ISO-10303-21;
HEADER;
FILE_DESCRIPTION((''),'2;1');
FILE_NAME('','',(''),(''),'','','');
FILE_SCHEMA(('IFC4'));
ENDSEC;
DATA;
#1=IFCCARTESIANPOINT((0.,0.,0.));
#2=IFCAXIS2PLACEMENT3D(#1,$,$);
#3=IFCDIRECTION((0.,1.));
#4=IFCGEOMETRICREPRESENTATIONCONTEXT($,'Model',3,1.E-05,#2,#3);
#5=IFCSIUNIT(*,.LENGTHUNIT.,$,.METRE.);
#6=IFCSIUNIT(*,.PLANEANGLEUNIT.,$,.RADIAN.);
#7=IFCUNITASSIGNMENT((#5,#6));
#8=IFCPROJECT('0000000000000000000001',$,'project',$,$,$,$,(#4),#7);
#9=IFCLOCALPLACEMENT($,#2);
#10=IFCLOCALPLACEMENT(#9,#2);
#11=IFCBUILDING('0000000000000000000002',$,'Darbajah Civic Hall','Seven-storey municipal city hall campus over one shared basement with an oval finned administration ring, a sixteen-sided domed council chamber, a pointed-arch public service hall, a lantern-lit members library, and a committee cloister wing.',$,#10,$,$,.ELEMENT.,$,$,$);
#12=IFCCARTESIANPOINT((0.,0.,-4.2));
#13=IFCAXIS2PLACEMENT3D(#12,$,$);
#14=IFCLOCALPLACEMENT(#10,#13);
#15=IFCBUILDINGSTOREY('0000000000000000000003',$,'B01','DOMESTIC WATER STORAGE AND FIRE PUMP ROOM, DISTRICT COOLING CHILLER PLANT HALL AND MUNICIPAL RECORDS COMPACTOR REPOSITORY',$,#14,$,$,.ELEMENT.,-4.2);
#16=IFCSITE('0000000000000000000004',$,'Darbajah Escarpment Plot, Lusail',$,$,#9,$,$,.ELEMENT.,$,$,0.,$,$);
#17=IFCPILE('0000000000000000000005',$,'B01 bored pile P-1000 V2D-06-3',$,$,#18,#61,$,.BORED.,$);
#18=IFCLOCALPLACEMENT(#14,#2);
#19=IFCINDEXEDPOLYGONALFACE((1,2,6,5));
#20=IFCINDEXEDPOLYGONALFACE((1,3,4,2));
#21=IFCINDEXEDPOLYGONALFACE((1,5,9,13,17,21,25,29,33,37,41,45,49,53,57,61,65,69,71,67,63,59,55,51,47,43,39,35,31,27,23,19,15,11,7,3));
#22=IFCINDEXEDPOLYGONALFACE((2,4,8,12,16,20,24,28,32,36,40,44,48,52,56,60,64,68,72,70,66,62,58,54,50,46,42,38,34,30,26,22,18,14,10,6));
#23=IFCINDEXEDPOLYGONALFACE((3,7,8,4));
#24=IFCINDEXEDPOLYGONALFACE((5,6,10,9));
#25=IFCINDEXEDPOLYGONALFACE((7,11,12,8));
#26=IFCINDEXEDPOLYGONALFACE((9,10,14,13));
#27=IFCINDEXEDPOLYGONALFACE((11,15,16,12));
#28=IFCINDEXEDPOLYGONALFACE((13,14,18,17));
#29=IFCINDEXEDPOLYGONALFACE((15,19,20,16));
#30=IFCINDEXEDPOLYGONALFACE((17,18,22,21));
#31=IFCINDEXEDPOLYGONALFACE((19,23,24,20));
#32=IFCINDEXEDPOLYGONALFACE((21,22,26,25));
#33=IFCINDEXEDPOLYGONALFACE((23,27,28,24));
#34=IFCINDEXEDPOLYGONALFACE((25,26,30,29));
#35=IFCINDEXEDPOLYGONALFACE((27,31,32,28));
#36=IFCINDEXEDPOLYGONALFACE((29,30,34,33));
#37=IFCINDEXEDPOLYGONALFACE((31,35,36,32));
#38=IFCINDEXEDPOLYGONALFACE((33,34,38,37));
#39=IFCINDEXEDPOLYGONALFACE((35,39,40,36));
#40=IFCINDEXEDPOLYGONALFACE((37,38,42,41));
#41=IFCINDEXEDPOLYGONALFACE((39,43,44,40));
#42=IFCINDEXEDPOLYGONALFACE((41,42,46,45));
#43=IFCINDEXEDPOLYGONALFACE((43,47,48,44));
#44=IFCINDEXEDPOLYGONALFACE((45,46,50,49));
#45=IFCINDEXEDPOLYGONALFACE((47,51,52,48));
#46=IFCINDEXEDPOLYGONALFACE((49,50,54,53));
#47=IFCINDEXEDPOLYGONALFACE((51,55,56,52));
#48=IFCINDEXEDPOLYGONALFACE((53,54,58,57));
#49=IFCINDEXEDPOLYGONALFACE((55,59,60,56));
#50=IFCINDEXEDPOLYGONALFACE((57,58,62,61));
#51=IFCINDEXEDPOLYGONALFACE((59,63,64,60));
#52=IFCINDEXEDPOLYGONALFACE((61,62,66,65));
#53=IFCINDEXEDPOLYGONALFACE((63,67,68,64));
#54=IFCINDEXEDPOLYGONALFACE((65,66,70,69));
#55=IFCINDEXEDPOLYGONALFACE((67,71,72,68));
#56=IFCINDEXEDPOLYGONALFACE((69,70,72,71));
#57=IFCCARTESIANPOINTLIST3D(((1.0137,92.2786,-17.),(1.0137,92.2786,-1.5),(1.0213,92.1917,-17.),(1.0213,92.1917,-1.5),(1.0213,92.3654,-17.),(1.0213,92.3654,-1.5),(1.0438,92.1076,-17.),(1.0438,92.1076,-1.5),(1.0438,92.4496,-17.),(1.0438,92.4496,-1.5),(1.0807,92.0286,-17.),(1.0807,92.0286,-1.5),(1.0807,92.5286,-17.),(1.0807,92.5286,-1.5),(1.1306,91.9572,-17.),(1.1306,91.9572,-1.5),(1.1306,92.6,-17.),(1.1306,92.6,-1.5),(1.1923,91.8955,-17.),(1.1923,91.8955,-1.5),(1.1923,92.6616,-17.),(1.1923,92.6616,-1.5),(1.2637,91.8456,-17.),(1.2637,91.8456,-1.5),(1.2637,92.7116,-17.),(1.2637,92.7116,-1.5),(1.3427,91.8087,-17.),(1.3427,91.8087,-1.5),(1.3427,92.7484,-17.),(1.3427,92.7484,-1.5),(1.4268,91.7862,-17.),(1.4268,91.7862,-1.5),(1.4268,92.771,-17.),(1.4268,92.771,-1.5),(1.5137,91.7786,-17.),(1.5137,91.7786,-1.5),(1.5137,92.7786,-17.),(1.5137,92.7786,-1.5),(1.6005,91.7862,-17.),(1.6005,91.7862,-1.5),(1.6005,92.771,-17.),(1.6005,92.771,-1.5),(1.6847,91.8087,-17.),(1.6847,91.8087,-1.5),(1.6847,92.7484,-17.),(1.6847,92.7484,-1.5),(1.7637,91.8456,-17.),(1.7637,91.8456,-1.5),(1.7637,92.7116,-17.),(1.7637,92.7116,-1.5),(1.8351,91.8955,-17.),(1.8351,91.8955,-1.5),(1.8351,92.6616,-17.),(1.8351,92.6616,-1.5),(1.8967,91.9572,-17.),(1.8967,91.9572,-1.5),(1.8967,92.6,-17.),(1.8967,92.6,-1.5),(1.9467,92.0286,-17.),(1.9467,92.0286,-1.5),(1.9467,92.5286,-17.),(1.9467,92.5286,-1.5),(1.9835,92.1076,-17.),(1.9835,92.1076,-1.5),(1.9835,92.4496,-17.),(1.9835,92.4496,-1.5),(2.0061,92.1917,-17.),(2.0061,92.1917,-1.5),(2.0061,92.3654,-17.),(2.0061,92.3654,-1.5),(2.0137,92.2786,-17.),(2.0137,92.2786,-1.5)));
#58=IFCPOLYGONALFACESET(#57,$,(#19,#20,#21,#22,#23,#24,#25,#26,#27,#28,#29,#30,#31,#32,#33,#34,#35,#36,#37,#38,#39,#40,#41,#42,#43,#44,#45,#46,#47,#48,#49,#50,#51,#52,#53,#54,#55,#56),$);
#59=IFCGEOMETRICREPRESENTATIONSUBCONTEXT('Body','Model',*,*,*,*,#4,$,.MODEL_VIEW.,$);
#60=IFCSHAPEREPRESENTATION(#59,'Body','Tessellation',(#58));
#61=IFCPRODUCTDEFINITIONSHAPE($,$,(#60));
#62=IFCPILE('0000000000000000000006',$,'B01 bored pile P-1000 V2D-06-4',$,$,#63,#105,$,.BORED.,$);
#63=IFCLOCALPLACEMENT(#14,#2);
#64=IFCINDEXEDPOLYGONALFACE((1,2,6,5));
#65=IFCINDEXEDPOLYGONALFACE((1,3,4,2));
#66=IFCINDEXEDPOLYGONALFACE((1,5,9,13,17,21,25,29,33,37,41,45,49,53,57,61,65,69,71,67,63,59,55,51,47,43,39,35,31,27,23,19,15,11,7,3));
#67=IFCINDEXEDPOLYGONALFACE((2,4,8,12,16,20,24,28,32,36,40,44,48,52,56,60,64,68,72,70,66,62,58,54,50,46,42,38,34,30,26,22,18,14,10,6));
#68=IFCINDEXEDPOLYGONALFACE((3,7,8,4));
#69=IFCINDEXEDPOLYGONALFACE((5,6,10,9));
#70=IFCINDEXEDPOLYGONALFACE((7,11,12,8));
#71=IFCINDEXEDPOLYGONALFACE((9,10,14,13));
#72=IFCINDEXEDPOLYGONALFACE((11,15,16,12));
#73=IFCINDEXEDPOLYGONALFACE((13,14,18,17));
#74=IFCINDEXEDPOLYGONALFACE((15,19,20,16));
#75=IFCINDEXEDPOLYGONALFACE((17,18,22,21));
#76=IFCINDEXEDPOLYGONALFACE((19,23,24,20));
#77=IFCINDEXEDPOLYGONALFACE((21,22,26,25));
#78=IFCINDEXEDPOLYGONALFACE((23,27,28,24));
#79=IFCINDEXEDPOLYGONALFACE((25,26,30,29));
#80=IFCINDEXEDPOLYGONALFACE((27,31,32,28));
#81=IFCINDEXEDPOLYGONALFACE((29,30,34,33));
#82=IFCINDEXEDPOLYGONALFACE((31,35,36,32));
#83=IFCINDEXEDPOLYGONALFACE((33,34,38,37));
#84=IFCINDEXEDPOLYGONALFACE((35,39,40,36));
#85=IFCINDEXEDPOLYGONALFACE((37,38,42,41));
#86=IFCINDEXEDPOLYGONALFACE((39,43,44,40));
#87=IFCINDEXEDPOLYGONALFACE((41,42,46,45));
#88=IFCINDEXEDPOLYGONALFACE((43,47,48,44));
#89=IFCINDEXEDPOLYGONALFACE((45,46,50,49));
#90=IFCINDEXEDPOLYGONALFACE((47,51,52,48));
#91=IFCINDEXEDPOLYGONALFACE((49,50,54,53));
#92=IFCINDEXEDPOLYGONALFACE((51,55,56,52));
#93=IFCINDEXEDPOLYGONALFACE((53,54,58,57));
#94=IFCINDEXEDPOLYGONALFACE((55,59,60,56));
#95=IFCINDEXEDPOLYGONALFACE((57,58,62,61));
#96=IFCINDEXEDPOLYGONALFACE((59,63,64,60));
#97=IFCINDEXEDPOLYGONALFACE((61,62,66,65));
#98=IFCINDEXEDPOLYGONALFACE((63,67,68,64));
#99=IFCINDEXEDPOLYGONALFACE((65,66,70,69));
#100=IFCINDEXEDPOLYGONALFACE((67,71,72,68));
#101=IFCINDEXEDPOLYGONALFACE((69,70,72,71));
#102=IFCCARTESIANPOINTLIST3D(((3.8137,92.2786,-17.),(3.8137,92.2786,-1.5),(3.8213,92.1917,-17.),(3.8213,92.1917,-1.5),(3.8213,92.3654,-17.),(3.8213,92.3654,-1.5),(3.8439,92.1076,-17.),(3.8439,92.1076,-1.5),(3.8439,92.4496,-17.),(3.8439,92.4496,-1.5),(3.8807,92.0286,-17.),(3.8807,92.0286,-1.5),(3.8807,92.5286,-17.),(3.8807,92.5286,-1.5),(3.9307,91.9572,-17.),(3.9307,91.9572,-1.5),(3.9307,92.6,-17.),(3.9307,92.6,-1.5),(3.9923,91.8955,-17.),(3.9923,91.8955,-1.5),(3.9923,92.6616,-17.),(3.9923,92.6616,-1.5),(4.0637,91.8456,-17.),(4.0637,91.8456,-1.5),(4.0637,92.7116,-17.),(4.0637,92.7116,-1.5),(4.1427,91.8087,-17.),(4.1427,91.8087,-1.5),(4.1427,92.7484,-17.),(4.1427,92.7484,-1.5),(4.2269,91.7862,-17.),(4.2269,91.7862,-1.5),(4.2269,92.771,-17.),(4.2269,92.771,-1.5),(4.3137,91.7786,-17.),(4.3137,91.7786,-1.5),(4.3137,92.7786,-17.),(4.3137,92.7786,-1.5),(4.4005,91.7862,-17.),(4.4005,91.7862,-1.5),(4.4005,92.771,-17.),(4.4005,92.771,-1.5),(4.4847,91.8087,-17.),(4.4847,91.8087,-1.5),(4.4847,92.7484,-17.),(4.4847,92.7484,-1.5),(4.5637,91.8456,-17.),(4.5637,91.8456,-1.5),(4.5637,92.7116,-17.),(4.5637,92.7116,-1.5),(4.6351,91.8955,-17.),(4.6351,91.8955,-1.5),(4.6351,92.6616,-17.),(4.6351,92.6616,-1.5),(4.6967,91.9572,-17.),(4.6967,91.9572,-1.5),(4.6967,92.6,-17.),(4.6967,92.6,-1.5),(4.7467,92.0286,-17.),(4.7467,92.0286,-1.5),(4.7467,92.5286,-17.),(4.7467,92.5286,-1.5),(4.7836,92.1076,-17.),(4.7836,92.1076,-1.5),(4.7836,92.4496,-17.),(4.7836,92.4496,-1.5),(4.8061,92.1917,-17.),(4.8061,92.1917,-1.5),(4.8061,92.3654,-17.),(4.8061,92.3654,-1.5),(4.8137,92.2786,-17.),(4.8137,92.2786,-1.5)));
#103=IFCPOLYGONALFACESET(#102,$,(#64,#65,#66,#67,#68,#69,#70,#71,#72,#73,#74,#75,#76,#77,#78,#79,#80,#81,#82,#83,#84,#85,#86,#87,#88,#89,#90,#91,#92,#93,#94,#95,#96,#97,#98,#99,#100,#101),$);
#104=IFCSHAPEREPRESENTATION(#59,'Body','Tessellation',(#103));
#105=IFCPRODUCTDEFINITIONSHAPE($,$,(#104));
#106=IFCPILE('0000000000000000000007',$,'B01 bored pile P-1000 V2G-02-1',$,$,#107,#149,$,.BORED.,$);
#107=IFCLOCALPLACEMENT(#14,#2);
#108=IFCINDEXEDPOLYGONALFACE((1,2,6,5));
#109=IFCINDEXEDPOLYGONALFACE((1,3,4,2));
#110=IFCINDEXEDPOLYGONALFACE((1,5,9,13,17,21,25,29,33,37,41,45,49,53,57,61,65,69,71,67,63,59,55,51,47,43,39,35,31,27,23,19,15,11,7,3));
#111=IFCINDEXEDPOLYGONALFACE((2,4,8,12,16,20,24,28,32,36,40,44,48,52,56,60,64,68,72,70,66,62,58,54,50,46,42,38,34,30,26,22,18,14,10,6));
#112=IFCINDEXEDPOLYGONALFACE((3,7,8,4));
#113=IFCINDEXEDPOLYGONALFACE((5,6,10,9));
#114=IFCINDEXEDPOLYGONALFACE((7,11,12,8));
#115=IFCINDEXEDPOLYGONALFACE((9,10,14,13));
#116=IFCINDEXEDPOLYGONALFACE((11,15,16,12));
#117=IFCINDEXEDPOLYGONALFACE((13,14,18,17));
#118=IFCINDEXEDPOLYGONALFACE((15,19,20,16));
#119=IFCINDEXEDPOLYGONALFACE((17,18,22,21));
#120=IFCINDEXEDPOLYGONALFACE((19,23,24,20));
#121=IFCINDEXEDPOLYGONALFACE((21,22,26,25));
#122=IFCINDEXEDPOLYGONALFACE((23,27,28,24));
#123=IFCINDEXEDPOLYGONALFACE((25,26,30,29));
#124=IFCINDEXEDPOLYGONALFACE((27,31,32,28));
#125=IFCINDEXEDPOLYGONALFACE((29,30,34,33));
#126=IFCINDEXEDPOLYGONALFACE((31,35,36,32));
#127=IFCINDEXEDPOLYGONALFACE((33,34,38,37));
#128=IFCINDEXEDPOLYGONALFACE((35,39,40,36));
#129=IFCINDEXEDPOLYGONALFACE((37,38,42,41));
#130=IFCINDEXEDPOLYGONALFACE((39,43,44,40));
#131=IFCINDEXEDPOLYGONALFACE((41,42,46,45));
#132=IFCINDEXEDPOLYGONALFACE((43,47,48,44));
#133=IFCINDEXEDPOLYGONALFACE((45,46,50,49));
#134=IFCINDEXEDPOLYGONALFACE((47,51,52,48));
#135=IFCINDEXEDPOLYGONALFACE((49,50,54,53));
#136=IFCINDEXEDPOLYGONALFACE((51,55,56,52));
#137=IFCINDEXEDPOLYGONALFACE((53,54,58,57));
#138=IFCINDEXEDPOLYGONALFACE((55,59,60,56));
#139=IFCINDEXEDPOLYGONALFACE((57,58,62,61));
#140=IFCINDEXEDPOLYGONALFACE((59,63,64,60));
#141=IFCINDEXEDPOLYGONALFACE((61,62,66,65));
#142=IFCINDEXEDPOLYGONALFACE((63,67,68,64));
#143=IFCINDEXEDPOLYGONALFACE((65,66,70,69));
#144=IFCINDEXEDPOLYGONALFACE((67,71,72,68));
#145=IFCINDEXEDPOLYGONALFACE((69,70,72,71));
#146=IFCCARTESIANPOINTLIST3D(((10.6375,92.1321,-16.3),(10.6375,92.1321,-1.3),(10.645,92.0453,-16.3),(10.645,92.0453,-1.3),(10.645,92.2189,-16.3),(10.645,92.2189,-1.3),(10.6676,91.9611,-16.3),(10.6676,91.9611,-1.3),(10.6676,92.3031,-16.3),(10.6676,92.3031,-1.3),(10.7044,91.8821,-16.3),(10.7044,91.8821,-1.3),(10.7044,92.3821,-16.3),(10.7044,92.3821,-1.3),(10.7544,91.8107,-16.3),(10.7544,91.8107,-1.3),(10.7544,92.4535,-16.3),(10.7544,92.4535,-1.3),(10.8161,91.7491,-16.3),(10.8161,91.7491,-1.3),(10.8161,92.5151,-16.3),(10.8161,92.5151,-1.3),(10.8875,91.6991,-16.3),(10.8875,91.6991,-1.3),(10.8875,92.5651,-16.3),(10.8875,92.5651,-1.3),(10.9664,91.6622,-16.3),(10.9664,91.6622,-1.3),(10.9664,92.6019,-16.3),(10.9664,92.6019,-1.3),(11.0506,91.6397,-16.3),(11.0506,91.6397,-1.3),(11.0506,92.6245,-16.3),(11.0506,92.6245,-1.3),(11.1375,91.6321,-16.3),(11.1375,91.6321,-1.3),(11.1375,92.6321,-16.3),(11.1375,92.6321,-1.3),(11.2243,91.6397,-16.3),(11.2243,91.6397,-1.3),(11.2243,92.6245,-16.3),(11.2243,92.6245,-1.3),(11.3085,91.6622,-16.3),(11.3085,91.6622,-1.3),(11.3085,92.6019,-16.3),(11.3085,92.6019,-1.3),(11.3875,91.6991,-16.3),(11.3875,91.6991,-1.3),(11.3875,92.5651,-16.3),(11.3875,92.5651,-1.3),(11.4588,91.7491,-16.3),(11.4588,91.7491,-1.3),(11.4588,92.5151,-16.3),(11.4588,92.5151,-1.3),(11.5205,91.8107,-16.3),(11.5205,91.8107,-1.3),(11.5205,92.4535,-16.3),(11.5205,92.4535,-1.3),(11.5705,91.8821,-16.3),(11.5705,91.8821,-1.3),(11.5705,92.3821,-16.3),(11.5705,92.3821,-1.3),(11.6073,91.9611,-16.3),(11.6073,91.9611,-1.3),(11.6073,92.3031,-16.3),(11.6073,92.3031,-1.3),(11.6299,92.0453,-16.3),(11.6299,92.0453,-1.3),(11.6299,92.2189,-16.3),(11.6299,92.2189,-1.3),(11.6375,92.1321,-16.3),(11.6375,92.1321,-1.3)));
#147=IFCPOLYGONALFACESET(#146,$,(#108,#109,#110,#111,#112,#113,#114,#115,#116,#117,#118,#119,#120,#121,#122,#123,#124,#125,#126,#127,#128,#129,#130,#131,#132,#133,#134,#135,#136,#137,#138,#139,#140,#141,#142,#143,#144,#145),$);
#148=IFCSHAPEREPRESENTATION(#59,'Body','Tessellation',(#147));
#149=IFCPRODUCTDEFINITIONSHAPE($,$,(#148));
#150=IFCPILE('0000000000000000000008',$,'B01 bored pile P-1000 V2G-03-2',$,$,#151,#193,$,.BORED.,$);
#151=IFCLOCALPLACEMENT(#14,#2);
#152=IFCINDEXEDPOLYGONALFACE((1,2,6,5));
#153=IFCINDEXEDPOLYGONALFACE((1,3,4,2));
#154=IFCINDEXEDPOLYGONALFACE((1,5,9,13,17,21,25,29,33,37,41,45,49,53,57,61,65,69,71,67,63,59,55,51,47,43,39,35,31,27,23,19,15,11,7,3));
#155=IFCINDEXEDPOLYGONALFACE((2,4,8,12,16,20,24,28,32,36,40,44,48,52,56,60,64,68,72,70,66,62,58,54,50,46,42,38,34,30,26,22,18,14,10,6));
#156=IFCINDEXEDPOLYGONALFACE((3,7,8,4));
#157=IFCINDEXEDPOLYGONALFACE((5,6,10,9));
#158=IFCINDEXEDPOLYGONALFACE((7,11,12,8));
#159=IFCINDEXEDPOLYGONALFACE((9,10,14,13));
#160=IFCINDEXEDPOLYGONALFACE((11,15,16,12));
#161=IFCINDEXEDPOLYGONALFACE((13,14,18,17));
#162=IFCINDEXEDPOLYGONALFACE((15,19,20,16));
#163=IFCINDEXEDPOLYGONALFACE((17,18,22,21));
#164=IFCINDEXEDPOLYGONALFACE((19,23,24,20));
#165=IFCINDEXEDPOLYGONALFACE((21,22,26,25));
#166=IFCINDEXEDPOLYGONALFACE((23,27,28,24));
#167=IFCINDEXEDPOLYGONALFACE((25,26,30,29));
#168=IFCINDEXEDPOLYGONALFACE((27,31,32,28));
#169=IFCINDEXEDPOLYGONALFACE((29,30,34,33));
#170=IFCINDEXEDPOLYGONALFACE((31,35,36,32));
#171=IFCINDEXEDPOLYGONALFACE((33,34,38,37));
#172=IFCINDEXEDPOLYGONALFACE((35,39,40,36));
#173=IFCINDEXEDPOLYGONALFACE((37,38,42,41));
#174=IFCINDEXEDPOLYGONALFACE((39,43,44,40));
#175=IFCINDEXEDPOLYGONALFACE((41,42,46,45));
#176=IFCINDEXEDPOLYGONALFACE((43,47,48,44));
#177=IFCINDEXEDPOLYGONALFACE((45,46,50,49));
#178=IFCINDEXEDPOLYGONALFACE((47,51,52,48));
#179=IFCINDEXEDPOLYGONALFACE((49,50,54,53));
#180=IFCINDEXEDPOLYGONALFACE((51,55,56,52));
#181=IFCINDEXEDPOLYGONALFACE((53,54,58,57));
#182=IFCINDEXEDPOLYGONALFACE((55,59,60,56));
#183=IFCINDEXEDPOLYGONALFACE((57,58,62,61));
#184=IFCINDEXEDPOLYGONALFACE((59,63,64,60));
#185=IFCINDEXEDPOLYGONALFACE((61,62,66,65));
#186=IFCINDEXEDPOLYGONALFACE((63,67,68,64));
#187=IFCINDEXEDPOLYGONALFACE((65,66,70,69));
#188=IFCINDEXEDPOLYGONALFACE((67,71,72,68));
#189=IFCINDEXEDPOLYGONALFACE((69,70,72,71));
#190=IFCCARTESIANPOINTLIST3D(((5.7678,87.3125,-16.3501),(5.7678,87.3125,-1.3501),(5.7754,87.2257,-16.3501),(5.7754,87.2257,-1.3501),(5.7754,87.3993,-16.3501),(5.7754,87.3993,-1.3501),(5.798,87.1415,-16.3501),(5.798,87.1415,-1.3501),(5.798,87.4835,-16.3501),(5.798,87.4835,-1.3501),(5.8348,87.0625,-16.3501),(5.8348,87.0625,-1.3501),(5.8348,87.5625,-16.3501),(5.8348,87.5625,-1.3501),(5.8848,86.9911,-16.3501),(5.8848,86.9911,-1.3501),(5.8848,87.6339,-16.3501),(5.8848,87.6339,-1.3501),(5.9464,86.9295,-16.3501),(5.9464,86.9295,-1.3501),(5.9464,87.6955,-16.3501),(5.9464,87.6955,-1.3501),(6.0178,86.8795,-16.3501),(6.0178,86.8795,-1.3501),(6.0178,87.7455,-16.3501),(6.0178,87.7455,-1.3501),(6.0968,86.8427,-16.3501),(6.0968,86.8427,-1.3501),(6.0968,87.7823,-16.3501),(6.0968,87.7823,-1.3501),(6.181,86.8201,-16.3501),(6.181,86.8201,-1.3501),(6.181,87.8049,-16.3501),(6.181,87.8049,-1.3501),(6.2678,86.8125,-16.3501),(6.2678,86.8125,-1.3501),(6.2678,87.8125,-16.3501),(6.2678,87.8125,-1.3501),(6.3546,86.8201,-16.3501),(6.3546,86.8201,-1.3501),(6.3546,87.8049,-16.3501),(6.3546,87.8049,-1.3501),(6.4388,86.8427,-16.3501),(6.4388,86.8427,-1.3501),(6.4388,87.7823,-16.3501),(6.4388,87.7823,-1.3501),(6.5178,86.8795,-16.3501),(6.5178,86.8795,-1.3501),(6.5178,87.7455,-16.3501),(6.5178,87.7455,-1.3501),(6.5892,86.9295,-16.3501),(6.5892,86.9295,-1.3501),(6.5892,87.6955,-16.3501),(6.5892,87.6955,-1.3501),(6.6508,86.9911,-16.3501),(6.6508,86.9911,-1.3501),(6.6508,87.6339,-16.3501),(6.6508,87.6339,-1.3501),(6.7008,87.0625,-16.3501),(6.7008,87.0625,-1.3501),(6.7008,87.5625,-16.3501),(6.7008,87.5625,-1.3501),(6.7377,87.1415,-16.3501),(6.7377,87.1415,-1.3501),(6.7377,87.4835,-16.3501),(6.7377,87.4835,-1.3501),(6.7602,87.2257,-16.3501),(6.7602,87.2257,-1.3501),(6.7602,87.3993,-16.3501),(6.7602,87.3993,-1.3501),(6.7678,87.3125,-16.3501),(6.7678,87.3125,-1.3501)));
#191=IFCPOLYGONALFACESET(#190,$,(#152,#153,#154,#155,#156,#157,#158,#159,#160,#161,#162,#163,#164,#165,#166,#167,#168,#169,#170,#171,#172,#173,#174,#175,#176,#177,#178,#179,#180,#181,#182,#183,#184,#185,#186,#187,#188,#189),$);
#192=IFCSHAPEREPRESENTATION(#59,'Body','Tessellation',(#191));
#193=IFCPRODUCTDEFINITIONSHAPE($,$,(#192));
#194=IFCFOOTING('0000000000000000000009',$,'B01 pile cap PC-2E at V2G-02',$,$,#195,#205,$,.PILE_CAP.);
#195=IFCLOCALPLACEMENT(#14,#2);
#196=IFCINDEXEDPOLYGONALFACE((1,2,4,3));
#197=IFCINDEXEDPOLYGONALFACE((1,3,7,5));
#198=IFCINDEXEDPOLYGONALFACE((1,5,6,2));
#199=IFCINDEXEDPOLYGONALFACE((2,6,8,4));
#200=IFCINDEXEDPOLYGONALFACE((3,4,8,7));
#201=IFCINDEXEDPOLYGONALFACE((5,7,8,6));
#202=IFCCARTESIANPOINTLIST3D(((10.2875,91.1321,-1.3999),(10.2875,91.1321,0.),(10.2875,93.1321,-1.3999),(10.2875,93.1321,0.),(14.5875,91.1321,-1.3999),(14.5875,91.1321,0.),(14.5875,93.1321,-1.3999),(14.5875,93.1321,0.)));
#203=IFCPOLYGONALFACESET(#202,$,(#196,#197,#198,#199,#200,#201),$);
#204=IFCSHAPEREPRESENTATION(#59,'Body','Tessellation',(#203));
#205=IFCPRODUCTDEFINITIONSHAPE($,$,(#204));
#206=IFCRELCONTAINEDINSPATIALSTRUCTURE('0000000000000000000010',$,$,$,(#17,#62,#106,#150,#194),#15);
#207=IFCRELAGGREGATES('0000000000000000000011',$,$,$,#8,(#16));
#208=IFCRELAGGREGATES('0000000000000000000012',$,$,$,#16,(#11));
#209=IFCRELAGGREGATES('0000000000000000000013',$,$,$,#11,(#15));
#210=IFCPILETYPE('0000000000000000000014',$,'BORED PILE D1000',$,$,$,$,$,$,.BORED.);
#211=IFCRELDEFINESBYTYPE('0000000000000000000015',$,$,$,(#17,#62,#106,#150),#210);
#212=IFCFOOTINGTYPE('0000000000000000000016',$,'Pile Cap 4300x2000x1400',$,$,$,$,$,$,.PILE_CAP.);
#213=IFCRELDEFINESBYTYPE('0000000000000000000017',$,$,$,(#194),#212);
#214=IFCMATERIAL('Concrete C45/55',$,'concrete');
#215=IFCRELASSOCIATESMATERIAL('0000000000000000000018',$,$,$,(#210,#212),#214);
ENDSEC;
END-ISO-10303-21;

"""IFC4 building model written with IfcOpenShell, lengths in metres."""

from ifc_helpers import new_model, si_unit, direction, frame, origin, origin_2d, place, context, subcontext, project, spatial, rectangle, circle, extrude, material, material_profile, profile_set, type_object, element, save


model = new_model("IFC4")

# Units and contexts
model_context = context("Model", 3, precision=1e-05, world=origin(), true_north=direction((0.0, 1.0)))
body_context = subcontext(model_context, "Body", "Model", "MODEL_VIEW")
ifc_project = project(units=[si_unit("LENGTHUNIT", "METRE"), si_unit("PLANEANGLEUNIT", "RADIAN")], contexts=[model_context])

# Site, building, storey
site_placement = place(None, origin())
site = spatial("IfcSite", under=ifc_project, at=site_placement, Name="Darbajah Escarpment Plot, Lusail", CompositionType="ELEMENT", RefElevation=0.0)
building_placement = place(site_placement, origin())
building = spatial("IfcBuilding", under=site, at=building_placement, Name="Darbajah Civic Hall", Description="Seven-storey municipal city hall campus over one shared basement with an oval finned administration ring, a sixteen-sided domed council chamber, a pointed-arch public service hall, a lantern-lit members library, and a committee cloister wing.", CompositionType="ELEMENT")
storey_placement = place(building_placement, frame((0.0, 0.0, -4.2)))
storey = spatial("IfcBuildingStorey", under=building, at=storey_placement, Name="B01", Description="DOMESTIC WATER STORAGE AND FIRE PUMP ROOM, DISTRICT COOLING CHILLER PLANT HALL AND MUNICIPAL RECORDS COMPACTOR REPOSITORY", CompositionType="ELEMENT", Elevation=-4.2)

# Piles
ifc_material_1 = material(Name="Concrete C45/55", Category="concrete")
ifc_material_profile_1 = material_profile(ifc_material_1, circle(Radius=0.5, at=origin_2d()), Name="BORED PILE D1000")
ifc_profile_set_1 = profile_set([ifc_material_profile_1], Name="Concrete C45/55")
pile_type = type_object("IfcPileType", Name="BORED PILE D1000", PredefinedType="BORED", material=ifc_profile_set_1)
for number, where, z_axis, x_axis, name in (
    (1, (1.5137, 92.2786, -1.5), (0.0, 0.0, -1.0), (1.0, 0.0, 0.0), "B01 bored pile P-1000 V2D-06-3"),
    (2, (4.3137, 92.2786, -1.5), (0.0, 0.0, -1.0), (1.0, 0.0, 0.0), "B01 bored pile P-1000 V2D-06-4"),
):
    element("IfcPile", number, at=place(storey_placement, frame(where, z_axis=z_axis, x_axis=x_axis)), inside=storey, type_object=pile_type, Name=name, PredefinedType="BORED", context=body_context, shape_type="SweptSolid", body=[
        extrude(circle(Radius=0.5, at=origin_2d()), origin(), (0.0, 0.0, 1.0), 15.5),
    ])
for number, where, z_axis, x_axis, name in (
    (3, (11.1375, 92.1321, -1.3), (0.0, 0.0, -1.0), (1.0, 0.0, 0.0), "B01 bored pile P-1000 V2G-02-1"),
    (4, (6.2678, 87.3125, -1.3501), (0.0, 0.0, -1.0), (1.0, 0.0, 0.0), "B01 bored pile P-1000 V2G-03-2"),
):
    element("IfcPile", number, at=place(storey_placement, frame(where, z_axis=z_axis, x_axis=x_axis)), inside=storey, type_object=pile_type, Name=name, PredefinedType="BORED", context=body_context, shape_type="SweptSolid", body=[
        extrude(circle(Radius=0.5, at=origin_2d()), origin(), (0.0, 0.0, 1.0), 15.0),
    ])

# Footing
footing_type_1 = type_object("IfcFootingType", Name="Pile Cap 4300x2000x1400", PredefinedType="PILE_CAP", material=ifc_material_1)
footing_1_placement = place(storey_placement, frame((12.4375, 92.1321, -1.3999), z_axis=(0.0, 0.0, 1.0), x_axis=(1.0, 0.0, 0.0)))
element("IfcFooting", 5, at=footing_1_placement, inside=storey, type_object=footing_type_1, Name="B01 pile cap PC-2E at V2G-02", PredefinedType="PILE_CAP", context=body_context, shape_type="SweptSolid", body=[
    extrude(rectangle(XDim=4.3, YDim=2.0, at=origin_2d()), origin(), (0.0, 0.0, 1.0), 1.3999),
])

save(model, "model.ifc")
